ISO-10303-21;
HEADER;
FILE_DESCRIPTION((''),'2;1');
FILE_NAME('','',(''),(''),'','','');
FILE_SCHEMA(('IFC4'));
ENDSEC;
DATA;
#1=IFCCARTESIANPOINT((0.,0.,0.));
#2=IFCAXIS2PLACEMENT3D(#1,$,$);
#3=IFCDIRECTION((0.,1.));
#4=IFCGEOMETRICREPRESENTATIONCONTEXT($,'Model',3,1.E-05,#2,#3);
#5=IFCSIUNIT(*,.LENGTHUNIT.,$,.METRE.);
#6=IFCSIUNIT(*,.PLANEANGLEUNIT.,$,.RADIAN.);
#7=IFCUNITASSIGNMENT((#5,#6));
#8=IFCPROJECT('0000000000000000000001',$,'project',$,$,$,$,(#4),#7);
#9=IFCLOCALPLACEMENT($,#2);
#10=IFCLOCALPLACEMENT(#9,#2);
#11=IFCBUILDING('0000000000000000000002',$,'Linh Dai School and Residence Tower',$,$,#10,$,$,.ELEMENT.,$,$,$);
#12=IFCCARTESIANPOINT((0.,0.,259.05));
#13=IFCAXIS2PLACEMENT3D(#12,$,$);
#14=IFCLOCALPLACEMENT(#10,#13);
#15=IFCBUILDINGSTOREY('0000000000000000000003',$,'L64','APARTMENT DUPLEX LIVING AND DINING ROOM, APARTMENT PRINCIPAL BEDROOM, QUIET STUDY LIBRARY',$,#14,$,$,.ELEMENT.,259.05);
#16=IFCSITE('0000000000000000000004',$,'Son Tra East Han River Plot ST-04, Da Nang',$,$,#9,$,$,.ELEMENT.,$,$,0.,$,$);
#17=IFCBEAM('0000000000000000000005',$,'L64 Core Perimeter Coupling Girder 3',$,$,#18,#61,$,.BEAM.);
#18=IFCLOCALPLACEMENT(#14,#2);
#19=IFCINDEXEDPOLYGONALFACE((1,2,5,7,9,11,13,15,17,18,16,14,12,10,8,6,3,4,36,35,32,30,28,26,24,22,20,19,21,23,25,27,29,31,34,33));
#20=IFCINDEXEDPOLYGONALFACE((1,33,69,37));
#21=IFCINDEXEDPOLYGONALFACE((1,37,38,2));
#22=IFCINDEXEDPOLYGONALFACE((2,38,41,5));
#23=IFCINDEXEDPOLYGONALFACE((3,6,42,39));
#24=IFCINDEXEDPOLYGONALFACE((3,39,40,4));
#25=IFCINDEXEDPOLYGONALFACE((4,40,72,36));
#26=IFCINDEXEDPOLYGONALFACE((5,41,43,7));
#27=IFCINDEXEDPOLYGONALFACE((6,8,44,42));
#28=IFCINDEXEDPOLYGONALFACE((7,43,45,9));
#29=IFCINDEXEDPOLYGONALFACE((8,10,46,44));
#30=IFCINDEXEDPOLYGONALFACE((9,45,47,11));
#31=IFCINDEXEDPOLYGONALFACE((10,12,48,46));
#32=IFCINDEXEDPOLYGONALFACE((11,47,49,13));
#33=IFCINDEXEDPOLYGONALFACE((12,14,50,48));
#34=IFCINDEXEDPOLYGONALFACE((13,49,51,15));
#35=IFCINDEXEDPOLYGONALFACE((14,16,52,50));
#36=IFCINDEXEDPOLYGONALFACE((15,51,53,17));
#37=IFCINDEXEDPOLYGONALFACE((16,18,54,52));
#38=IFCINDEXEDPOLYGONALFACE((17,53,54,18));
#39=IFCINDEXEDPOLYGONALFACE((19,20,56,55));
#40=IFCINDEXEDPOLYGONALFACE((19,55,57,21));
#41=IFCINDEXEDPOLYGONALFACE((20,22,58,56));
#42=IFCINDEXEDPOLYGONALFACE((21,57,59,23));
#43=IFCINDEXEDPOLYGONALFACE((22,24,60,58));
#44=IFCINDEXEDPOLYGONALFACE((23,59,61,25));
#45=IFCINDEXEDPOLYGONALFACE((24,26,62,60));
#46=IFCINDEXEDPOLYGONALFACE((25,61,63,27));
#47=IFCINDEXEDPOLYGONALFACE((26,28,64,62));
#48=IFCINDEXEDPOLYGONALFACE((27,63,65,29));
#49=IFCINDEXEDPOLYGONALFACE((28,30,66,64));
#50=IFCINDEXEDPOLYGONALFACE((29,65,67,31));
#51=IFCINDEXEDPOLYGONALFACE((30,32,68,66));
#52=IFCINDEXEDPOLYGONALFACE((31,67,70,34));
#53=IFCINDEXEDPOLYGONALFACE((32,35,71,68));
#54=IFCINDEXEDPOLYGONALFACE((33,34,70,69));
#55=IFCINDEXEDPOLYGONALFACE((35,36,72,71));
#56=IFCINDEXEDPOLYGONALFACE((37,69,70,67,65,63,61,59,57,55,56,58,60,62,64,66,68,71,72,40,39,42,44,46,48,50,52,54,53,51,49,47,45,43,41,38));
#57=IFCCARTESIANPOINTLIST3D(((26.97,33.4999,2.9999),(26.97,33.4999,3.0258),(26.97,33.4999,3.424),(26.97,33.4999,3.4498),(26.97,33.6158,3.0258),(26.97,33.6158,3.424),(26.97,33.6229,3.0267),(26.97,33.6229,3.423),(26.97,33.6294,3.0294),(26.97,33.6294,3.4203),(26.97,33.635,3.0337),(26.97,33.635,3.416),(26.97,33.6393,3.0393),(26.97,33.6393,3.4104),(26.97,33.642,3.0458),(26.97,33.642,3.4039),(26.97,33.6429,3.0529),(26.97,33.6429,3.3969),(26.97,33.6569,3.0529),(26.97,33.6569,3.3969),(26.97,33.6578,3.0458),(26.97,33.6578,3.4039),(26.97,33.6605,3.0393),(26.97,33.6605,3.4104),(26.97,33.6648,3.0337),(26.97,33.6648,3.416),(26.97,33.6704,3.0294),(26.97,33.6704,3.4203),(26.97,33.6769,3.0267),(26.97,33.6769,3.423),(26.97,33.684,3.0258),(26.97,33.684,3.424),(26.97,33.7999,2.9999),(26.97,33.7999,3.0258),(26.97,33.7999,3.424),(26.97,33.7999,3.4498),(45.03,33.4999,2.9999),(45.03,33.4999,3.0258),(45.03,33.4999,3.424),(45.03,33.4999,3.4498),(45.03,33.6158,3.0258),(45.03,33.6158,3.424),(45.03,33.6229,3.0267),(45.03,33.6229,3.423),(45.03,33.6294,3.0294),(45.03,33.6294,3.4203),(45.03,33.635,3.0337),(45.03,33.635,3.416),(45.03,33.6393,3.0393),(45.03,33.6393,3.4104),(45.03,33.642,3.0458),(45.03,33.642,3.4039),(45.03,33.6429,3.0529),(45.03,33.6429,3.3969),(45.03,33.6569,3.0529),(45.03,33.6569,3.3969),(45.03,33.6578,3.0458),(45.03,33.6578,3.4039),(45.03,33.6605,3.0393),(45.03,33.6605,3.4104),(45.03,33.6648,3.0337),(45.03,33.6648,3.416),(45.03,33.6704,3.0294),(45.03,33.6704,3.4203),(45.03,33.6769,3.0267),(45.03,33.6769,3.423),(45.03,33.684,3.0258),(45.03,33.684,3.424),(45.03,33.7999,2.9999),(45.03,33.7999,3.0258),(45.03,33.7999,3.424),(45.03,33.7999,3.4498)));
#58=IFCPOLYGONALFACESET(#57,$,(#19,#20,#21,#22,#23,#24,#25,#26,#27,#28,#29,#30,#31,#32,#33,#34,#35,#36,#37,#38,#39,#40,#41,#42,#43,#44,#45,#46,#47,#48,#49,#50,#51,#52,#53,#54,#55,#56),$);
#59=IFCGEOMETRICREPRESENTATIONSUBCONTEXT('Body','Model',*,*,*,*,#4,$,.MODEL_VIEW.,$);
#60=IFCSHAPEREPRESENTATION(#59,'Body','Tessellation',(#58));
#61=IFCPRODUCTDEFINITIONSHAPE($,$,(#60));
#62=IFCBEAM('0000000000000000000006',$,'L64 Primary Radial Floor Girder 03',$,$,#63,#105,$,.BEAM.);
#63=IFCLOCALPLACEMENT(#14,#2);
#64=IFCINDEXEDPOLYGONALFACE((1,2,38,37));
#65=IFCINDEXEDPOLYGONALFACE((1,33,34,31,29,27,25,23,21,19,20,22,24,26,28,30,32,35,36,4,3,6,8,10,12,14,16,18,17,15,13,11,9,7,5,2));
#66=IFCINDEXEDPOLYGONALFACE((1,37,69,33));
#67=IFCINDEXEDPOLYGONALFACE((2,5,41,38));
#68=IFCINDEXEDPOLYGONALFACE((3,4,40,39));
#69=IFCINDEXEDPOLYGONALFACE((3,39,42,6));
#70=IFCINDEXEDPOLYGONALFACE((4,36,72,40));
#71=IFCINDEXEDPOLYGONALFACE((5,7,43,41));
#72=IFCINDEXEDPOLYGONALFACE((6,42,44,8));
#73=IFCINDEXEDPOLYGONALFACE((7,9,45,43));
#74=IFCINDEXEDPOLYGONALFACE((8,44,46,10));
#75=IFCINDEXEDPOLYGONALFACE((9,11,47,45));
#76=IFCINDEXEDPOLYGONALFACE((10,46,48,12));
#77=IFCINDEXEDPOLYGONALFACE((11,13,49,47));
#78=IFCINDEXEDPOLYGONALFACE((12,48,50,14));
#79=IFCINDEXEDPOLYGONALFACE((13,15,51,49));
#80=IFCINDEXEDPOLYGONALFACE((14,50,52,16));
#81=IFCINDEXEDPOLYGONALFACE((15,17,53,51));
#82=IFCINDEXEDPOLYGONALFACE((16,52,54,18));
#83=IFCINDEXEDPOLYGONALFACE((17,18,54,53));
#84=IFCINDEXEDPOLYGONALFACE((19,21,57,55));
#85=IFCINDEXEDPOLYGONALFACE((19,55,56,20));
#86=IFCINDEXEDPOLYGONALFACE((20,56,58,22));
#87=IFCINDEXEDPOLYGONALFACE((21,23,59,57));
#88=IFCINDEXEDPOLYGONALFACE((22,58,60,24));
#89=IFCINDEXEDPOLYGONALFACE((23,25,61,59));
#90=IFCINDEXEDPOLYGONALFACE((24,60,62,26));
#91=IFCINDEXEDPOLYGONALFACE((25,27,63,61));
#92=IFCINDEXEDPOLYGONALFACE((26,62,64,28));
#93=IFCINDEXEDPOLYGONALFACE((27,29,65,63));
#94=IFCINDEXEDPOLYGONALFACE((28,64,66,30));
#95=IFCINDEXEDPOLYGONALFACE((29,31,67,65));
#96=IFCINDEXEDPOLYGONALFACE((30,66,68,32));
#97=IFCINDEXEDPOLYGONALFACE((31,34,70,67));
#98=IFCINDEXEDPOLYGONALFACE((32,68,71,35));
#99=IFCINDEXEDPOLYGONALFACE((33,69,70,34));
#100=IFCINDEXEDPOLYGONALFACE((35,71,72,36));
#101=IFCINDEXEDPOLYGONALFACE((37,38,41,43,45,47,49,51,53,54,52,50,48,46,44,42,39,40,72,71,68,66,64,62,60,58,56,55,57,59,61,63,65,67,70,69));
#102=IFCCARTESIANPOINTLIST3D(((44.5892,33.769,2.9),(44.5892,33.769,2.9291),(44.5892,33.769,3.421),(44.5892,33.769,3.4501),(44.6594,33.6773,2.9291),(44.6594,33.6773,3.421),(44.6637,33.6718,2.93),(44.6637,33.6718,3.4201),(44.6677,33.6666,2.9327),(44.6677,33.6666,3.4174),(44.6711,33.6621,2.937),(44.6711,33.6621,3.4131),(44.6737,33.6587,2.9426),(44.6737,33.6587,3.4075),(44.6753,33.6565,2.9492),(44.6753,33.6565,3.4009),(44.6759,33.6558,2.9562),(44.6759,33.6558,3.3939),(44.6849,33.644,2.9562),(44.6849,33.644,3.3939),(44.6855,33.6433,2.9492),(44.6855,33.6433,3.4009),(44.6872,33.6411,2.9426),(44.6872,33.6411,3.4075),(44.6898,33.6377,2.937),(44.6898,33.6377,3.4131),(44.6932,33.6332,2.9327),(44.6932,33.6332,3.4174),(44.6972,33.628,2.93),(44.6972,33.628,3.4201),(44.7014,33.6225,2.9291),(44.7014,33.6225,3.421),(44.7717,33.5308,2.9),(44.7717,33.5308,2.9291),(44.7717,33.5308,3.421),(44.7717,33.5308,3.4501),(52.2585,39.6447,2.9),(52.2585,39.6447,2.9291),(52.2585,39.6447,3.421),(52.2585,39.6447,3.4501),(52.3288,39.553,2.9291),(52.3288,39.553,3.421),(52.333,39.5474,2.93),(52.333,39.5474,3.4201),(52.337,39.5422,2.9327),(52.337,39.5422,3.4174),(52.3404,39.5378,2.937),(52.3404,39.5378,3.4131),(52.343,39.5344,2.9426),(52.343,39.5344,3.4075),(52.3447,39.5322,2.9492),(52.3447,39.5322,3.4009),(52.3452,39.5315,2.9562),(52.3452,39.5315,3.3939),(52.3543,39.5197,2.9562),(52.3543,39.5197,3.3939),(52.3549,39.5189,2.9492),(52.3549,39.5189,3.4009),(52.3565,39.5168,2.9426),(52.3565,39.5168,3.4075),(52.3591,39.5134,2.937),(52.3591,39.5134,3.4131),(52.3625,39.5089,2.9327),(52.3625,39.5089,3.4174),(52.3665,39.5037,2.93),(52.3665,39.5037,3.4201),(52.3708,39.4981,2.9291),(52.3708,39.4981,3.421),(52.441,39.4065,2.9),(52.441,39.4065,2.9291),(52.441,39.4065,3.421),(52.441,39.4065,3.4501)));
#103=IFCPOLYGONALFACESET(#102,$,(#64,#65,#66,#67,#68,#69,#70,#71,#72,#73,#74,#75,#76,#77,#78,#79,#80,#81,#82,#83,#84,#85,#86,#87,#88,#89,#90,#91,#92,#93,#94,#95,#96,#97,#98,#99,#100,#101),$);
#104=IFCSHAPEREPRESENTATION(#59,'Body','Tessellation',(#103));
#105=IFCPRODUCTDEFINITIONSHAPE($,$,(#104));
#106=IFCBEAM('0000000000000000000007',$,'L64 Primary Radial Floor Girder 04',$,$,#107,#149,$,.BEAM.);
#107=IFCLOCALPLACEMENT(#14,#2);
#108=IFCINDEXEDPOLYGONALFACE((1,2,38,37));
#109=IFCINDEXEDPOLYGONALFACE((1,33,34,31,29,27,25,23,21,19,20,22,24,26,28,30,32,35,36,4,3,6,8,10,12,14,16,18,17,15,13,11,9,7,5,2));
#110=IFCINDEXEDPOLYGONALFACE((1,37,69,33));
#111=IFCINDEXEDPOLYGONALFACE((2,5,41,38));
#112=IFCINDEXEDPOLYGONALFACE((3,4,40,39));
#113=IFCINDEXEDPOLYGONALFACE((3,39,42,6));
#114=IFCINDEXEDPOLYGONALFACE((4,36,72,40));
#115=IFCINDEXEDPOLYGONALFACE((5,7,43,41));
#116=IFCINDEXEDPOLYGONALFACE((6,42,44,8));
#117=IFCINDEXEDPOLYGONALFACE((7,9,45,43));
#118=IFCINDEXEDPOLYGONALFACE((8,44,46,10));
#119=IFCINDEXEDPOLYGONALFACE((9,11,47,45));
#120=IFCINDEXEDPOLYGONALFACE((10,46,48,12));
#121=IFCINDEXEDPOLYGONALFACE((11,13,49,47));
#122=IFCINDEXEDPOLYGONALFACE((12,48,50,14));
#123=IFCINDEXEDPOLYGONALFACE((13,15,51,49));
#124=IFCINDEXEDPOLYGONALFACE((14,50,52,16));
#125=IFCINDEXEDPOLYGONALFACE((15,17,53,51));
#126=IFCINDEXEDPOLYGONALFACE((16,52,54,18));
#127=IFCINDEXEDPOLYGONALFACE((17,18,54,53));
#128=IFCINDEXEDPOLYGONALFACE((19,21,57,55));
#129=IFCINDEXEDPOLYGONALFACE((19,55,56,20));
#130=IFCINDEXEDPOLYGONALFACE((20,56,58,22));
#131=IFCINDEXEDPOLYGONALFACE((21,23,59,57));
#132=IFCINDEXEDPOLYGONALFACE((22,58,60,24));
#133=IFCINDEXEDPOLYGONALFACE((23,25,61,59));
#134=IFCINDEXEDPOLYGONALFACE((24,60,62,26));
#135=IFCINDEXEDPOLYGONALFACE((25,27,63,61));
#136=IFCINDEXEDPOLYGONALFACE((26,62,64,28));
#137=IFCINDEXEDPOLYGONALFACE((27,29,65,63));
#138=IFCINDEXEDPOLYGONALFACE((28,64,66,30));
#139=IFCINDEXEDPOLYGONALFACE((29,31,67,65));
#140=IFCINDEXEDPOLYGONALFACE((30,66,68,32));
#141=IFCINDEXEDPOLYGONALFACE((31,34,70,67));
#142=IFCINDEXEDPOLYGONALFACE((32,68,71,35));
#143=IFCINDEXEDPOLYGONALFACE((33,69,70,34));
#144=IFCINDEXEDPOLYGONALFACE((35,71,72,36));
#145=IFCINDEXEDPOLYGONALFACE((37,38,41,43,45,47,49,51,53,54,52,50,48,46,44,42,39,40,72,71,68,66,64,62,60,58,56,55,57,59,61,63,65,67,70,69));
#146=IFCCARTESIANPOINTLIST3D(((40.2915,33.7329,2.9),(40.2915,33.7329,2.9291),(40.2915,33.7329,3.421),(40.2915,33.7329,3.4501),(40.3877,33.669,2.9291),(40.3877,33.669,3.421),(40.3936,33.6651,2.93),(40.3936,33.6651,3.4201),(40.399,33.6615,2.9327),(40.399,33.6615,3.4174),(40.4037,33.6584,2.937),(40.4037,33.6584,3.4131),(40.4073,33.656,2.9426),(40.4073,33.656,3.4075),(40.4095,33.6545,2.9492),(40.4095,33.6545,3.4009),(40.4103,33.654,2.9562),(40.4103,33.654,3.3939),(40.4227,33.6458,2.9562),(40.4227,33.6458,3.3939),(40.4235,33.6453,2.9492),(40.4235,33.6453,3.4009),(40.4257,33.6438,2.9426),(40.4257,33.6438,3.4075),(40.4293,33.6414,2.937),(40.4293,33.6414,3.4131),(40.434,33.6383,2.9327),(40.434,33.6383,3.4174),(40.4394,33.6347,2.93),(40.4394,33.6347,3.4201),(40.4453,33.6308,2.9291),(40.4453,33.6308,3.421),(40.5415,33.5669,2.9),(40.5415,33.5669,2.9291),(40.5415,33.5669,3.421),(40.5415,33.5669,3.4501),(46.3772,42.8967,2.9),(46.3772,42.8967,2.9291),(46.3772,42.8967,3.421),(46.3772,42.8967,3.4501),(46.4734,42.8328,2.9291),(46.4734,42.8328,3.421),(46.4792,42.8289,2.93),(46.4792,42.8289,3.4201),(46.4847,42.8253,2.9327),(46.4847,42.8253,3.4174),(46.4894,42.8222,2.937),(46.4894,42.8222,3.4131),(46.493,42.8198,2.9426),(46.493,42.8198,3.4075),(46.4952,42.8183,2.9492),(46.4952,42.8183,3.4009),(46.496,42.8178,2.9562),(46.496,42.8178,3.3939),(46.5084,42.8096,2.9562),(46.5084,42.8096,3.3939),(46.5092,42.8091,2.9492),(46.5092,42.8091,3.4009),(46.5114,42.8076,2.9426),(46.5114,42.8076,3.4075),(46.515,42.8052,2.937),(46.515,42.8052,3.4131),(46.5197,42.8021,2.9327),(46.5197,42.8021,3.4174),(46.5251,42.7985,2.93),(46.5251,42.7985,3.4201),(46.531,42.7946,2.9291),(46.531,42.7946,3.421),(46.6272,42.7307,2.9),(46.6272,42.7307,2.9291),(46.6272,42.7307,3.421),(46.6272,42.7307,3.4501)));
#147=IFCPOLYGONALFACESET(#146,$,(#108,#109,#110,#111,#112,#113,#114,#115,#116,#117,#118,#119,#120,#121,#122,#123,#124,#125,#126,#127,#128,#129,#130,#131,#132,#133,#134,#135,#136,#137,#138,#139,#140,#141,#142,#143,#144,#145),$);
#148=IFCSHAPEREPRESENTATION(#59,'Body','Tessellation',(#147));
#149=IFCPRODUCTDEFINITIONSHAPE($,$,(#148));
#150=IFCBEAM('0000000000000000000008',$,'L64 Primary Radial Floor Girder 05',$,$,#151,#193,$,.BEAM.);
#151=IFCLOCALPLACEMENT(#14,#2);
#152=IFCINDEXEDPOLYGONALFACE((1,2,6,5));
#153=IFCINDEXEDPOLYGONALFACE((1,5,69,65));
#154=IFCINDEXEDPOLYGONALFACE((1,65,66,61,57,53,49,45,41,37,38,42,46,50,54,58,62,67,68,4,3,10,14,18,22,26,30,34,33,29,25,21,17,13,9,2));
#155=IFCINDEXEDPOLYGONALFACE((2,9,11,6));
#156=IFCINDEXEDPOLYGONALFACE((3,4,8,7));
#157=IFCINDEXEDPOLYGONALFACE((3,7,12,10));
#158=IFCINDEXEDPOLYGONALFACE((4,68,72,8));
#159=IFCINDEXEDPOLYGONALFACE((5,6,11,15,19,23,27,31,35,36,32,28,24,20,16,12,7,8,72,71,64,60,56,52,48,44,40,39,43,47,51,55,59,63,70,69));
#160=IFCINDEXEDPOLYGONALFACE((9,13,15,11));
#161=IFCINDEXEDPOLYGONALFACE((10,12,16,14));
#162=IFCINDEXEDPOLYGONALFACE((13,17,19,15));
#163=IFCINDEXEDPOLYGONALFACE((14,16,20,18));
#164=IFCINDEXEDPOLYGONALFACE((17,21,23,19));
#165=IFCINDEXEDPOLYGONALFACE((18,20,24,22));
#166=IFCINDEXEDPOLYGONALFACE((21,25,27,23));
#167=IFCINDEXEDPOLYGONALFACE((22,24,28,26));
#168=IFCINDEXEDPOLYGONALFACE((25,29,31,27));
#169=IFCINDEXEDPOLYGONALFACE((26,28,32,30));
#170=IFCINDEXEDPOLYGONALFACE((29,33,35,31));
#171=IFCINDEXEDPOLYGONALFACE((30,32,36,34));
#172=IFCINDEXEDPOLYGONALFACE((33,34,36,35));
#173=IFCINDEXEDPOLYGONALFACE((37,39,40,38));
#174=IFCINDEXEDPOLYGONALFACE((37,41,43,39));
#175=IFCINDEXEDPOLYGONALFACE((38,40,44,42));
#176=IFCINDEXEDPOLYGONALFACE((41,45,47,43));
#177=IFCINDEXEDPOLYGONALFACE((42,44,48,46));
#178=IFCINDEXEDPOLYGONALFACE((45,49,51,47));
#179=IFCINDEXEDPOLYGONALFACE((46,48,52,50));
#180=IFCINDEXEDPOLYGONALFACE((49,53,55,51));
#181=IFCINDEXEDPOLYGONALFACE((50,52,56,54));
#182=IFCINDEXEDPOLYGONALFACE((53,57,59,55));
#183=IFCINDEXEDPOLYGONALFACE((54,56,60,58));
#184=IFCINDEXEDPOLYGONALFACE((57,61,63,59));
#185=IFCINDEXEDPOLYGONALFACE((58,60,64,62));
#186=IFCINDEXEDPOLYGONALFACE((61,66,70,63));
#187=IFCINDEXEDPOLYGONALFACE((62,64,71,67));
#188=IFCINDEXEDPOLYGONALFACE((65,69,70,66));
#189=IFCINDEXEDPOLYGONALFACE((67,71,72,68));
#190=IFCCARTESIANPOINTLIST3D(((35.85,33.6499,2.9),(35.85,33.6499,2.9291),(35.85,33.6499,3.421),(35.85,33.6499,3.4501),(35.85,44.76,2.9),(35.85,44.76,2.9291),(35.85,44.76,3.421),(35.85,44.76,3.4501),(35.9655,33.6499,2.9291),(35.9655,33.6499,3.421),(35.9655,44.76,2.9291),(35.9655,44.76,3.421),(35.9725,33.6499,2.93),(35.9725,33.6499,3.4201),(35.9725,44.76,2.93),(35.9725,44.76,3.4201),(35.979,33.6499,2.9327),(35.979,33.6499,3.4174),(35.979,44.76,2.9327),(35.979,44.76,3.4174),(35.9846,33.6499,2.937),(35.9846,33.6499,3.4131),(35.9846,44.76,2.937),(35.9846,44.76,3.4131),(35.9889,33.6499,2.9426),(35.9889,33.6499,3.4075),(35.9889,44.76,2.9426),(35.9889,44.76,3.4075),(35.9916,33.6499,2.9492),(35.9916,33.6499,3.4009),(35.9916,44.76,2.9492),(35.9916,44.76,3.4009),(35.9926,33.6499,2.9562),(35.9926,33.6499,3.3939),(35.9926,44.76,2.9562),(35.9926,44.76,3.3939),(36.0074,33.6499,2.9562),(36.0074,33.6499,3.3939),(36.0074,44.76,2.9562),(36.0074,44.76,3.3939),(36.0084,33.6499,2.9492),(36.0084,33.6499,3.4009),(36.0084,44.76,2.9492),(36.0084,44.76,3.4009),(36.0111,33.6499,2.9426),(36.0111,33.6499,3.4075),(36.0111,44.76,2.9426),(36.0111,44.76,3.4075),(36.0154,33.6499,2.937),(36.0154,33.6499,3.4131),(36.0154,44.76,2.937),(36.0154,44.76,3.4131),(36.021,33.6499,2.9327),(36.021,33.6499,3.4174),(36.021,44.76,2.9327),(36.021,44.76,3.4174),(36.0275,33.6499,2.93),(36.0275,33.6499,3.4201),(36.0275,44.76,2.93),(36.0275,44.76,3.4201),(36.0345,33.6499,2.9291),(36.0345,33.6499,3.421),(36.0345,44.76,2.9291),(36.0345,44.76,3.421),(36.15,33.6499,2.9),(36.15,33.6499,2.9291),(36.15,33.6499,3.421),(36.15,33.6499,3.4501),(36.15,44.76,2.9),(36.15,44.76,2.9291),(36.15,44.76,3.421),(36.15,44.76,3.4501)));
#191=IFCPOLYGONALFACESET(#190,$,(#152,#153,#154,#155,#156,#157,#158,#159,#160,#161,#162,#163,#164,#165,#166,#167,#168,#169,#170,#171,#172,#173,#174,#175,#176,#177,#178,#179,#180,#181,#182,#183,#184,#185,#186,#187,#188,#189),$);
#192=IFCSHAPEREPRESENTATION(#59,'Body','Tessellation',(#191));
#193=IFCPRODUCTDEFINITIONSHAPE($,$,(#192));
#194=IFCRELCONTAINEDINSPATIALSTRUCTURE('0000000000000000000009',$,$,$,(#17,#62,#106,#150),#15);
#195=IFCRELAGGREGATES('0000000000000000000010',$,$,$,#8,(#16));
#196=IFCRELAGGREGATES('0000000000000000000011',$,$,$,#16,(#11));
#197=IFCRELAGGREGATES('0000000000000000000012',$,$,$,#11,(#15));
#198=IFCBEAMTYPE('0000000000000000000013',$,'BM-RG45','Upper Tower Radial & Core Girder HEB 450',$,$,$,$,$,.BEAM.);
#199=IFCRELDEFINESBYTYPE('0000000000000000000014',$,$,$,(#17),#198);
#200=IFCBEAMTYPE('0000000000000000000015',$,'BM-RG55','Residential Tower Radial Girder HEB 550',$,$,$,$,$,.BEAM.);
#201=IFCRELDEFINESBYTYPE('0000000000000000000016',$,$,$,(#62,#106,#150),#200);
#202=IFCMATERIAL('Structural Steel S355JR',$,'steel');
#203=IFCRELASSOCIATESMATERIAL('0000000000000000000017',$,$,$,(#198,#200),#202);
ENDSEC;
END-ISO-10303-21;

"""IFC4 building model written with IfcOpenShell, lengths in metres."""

from ifc_helpers import new_model, si_unit, direction, frame, origin, origin_2d, place, context, subcontext, project, spatial, i_section, extrude, material, material_profile, profile_set, type_object, element, save


model = new_model("IFC4")

# Units and contexts
model_context = context("Model", 3, precision=1e-05, world=origin(), true_north=direction((0.0, 1.0)))
body_context = subcontext(model_context, "Body", "Model", "MODEL_VIEW")
ifc_project = project(units=[si_unit("LENGTHUNIT", "METRE"), si_unit("PLANEANGLEUNIT", "RADIAN")], contexts=[model_context])

# Site, building, storey
site_placement = place(None, origin())
site = spatial("IfcSite", under=ifc_project, at=site_placement, Name="Son Tra East Han River Plot ST-04, Da Nang", CompositionType="ELEMENT", RefElevation=0.0)
building_placement = place(site_placement, origin())
building = spatial("IfcBuilding", under=site, at=building_placement, Name="Linh Dai School and Residence Tower", CompositionType="ELEMENT")
storey_placement = place(building_placement, frame((0.0, 0.0, 259.05)))
storey = spatial("IfcBuildingStorey", under=building, at=storey_placement, Name="L64", Description="APARTMENT DUPLEX LIVING AND DINING ROOM, APARTMENT PRINCIPAL BEDROOM, QUIET STUDY LIBRARY", CompositionType="ELEMENT", Elevation=259.05)

# Shared definitions
ifc_material_1 = material(Name="Structural Steel S355JR", Category="steel")

# Beams
ifc_material_profile_1 = material_profile(ifc_material_1, i_section(OverallWidth=0.3, OverallDepth=0.45, WebThickness=0.0139, FlangeThickness=0.0259, FilletRadius=0.0271, at=origin_2d()), Name="HEB 450")
ifc_profile_set_1 = profile_set([ifc_material_profile_1], Name="Structural Steel S355JR")
beam_type_1 = type_object("IfcBeamType", Name="BM-RG45", Description="Upper Tower Radial & Core Girder HEB 450", PredefinedType="BEAM", material=ifc_profile_set_1)
beam_1_placement = place(storey_placement, frame((45.03, 33.6499, 3.2249), z_axis=(-1.0, 0.0, 0.0), x_axis=(0.0, -1.0, 0.0)))
element("IfcBeam", 1, at=beam_1_placement, inside=storey, type_object=beam_type_1, Name="L64 Core Perimeter Coupling Girder 3", PredefinedType="BEAM", context=body_context, shape_type="SweptSolid", body=[
    extrude(i_section(OverallWidth=0.3, OverallDepth=0.45, WebThickness=0.0139, FlangeThickness=0.0259, FilletRadius=0.0271, at=origin_2d()), origin(), (0.0, 0.0, 1.0), 18.0601),
])
ifc_material_profile_2 = material_profile(ifc_material_1, i_section(OverallWidth=0.3, OverallDepth=0.55, WebThickness=0.0149, FlangeThickness=0.0291, FilletRadius=0.0271, at=origin_2d()), Name="HEB 550")
ifc_profile_set_2 = profile_set([ifc_material_profile_2], Name="Structural Steel S355JR")
beam_type_2 = type_object("IfcBeamType", Name="BM-RG55", Description="Residential Tower Radial Girder HEB 550", PredefinedType="BEAM", material=ifc_profile_set_2)
beam_2_placement = place(storey_placement, frame((44.6804, 33.6499, 3.175), z_axis=(0.793815, 0.60816, 0.0), x_axis=(-0.60816, 0.793815, 0.0)))
element("IfcBeam", 2, at=beam_2_placement, inside=storey, type_object=beam_type_2, Name="L64 Primary Radial Floor Girder 03", PredefinedType="BEAM", context=body_context, shape_type="SweptSolid", body=[
    extrude(i_section(OverallWidth=0.3, OverallDepth=0.55, WebThickness=0.0149, FlangeThickness=0.0291, FilletRadius=0.0271, at=origin_2d()), origin(), (0.0, 0.0, 1.0), 9.6614),
])
beam_3_placement = place(storey_placement, frame((40.4165, 33.6499, 3.175), z_axis=(0.553219, 0.833036, 0.0), x_axis=(-0.833036, 0.553219, 0.0)))
element("IfcBeam", 3, at=beam_3_placement, inside=storey, type_object=beam_type_2, Name="L64 Primary Radial Floor Girder 04", PredefinedType="BEAM", context=body_context, shape_type="SweptSolid", body=[
    extrude(i_section(OverallWidth=0.3, OverallDepth=0.55, WebThickness=0.0149, FlangeThickness=0.0291, FilletRadius=0.0271, at=origin_2d()), origin(), (0.0, 0.0, 1.0), 11.0005),
])
beam_4_placement = place(storey_placement, frame((36.0, 33.6499, 3.175), z_axis=(0.0, 1.0, 0.0), x_axis=(-1.0, 0.0, 0.0)))
element("IfcBeam", 4, at=beam_4_placement, inside=storey, type_object=beam_type_2, Name="L64 Primary Radial Floor Girder 05", PredefinedType="BEAM", context=body_context, shape_type="SweptSolid", body=[
    extrude(i_section(OverallWidth=0.3, OverallDepth=0.55, WebThickness=0.0149, FlangeThickness=0.0291, FilletRadius=0.0271, at=origin_2d()), origin(), (0.0, 0.0, 1.0), 11.1101),
])

save(model, "model.ifc")
